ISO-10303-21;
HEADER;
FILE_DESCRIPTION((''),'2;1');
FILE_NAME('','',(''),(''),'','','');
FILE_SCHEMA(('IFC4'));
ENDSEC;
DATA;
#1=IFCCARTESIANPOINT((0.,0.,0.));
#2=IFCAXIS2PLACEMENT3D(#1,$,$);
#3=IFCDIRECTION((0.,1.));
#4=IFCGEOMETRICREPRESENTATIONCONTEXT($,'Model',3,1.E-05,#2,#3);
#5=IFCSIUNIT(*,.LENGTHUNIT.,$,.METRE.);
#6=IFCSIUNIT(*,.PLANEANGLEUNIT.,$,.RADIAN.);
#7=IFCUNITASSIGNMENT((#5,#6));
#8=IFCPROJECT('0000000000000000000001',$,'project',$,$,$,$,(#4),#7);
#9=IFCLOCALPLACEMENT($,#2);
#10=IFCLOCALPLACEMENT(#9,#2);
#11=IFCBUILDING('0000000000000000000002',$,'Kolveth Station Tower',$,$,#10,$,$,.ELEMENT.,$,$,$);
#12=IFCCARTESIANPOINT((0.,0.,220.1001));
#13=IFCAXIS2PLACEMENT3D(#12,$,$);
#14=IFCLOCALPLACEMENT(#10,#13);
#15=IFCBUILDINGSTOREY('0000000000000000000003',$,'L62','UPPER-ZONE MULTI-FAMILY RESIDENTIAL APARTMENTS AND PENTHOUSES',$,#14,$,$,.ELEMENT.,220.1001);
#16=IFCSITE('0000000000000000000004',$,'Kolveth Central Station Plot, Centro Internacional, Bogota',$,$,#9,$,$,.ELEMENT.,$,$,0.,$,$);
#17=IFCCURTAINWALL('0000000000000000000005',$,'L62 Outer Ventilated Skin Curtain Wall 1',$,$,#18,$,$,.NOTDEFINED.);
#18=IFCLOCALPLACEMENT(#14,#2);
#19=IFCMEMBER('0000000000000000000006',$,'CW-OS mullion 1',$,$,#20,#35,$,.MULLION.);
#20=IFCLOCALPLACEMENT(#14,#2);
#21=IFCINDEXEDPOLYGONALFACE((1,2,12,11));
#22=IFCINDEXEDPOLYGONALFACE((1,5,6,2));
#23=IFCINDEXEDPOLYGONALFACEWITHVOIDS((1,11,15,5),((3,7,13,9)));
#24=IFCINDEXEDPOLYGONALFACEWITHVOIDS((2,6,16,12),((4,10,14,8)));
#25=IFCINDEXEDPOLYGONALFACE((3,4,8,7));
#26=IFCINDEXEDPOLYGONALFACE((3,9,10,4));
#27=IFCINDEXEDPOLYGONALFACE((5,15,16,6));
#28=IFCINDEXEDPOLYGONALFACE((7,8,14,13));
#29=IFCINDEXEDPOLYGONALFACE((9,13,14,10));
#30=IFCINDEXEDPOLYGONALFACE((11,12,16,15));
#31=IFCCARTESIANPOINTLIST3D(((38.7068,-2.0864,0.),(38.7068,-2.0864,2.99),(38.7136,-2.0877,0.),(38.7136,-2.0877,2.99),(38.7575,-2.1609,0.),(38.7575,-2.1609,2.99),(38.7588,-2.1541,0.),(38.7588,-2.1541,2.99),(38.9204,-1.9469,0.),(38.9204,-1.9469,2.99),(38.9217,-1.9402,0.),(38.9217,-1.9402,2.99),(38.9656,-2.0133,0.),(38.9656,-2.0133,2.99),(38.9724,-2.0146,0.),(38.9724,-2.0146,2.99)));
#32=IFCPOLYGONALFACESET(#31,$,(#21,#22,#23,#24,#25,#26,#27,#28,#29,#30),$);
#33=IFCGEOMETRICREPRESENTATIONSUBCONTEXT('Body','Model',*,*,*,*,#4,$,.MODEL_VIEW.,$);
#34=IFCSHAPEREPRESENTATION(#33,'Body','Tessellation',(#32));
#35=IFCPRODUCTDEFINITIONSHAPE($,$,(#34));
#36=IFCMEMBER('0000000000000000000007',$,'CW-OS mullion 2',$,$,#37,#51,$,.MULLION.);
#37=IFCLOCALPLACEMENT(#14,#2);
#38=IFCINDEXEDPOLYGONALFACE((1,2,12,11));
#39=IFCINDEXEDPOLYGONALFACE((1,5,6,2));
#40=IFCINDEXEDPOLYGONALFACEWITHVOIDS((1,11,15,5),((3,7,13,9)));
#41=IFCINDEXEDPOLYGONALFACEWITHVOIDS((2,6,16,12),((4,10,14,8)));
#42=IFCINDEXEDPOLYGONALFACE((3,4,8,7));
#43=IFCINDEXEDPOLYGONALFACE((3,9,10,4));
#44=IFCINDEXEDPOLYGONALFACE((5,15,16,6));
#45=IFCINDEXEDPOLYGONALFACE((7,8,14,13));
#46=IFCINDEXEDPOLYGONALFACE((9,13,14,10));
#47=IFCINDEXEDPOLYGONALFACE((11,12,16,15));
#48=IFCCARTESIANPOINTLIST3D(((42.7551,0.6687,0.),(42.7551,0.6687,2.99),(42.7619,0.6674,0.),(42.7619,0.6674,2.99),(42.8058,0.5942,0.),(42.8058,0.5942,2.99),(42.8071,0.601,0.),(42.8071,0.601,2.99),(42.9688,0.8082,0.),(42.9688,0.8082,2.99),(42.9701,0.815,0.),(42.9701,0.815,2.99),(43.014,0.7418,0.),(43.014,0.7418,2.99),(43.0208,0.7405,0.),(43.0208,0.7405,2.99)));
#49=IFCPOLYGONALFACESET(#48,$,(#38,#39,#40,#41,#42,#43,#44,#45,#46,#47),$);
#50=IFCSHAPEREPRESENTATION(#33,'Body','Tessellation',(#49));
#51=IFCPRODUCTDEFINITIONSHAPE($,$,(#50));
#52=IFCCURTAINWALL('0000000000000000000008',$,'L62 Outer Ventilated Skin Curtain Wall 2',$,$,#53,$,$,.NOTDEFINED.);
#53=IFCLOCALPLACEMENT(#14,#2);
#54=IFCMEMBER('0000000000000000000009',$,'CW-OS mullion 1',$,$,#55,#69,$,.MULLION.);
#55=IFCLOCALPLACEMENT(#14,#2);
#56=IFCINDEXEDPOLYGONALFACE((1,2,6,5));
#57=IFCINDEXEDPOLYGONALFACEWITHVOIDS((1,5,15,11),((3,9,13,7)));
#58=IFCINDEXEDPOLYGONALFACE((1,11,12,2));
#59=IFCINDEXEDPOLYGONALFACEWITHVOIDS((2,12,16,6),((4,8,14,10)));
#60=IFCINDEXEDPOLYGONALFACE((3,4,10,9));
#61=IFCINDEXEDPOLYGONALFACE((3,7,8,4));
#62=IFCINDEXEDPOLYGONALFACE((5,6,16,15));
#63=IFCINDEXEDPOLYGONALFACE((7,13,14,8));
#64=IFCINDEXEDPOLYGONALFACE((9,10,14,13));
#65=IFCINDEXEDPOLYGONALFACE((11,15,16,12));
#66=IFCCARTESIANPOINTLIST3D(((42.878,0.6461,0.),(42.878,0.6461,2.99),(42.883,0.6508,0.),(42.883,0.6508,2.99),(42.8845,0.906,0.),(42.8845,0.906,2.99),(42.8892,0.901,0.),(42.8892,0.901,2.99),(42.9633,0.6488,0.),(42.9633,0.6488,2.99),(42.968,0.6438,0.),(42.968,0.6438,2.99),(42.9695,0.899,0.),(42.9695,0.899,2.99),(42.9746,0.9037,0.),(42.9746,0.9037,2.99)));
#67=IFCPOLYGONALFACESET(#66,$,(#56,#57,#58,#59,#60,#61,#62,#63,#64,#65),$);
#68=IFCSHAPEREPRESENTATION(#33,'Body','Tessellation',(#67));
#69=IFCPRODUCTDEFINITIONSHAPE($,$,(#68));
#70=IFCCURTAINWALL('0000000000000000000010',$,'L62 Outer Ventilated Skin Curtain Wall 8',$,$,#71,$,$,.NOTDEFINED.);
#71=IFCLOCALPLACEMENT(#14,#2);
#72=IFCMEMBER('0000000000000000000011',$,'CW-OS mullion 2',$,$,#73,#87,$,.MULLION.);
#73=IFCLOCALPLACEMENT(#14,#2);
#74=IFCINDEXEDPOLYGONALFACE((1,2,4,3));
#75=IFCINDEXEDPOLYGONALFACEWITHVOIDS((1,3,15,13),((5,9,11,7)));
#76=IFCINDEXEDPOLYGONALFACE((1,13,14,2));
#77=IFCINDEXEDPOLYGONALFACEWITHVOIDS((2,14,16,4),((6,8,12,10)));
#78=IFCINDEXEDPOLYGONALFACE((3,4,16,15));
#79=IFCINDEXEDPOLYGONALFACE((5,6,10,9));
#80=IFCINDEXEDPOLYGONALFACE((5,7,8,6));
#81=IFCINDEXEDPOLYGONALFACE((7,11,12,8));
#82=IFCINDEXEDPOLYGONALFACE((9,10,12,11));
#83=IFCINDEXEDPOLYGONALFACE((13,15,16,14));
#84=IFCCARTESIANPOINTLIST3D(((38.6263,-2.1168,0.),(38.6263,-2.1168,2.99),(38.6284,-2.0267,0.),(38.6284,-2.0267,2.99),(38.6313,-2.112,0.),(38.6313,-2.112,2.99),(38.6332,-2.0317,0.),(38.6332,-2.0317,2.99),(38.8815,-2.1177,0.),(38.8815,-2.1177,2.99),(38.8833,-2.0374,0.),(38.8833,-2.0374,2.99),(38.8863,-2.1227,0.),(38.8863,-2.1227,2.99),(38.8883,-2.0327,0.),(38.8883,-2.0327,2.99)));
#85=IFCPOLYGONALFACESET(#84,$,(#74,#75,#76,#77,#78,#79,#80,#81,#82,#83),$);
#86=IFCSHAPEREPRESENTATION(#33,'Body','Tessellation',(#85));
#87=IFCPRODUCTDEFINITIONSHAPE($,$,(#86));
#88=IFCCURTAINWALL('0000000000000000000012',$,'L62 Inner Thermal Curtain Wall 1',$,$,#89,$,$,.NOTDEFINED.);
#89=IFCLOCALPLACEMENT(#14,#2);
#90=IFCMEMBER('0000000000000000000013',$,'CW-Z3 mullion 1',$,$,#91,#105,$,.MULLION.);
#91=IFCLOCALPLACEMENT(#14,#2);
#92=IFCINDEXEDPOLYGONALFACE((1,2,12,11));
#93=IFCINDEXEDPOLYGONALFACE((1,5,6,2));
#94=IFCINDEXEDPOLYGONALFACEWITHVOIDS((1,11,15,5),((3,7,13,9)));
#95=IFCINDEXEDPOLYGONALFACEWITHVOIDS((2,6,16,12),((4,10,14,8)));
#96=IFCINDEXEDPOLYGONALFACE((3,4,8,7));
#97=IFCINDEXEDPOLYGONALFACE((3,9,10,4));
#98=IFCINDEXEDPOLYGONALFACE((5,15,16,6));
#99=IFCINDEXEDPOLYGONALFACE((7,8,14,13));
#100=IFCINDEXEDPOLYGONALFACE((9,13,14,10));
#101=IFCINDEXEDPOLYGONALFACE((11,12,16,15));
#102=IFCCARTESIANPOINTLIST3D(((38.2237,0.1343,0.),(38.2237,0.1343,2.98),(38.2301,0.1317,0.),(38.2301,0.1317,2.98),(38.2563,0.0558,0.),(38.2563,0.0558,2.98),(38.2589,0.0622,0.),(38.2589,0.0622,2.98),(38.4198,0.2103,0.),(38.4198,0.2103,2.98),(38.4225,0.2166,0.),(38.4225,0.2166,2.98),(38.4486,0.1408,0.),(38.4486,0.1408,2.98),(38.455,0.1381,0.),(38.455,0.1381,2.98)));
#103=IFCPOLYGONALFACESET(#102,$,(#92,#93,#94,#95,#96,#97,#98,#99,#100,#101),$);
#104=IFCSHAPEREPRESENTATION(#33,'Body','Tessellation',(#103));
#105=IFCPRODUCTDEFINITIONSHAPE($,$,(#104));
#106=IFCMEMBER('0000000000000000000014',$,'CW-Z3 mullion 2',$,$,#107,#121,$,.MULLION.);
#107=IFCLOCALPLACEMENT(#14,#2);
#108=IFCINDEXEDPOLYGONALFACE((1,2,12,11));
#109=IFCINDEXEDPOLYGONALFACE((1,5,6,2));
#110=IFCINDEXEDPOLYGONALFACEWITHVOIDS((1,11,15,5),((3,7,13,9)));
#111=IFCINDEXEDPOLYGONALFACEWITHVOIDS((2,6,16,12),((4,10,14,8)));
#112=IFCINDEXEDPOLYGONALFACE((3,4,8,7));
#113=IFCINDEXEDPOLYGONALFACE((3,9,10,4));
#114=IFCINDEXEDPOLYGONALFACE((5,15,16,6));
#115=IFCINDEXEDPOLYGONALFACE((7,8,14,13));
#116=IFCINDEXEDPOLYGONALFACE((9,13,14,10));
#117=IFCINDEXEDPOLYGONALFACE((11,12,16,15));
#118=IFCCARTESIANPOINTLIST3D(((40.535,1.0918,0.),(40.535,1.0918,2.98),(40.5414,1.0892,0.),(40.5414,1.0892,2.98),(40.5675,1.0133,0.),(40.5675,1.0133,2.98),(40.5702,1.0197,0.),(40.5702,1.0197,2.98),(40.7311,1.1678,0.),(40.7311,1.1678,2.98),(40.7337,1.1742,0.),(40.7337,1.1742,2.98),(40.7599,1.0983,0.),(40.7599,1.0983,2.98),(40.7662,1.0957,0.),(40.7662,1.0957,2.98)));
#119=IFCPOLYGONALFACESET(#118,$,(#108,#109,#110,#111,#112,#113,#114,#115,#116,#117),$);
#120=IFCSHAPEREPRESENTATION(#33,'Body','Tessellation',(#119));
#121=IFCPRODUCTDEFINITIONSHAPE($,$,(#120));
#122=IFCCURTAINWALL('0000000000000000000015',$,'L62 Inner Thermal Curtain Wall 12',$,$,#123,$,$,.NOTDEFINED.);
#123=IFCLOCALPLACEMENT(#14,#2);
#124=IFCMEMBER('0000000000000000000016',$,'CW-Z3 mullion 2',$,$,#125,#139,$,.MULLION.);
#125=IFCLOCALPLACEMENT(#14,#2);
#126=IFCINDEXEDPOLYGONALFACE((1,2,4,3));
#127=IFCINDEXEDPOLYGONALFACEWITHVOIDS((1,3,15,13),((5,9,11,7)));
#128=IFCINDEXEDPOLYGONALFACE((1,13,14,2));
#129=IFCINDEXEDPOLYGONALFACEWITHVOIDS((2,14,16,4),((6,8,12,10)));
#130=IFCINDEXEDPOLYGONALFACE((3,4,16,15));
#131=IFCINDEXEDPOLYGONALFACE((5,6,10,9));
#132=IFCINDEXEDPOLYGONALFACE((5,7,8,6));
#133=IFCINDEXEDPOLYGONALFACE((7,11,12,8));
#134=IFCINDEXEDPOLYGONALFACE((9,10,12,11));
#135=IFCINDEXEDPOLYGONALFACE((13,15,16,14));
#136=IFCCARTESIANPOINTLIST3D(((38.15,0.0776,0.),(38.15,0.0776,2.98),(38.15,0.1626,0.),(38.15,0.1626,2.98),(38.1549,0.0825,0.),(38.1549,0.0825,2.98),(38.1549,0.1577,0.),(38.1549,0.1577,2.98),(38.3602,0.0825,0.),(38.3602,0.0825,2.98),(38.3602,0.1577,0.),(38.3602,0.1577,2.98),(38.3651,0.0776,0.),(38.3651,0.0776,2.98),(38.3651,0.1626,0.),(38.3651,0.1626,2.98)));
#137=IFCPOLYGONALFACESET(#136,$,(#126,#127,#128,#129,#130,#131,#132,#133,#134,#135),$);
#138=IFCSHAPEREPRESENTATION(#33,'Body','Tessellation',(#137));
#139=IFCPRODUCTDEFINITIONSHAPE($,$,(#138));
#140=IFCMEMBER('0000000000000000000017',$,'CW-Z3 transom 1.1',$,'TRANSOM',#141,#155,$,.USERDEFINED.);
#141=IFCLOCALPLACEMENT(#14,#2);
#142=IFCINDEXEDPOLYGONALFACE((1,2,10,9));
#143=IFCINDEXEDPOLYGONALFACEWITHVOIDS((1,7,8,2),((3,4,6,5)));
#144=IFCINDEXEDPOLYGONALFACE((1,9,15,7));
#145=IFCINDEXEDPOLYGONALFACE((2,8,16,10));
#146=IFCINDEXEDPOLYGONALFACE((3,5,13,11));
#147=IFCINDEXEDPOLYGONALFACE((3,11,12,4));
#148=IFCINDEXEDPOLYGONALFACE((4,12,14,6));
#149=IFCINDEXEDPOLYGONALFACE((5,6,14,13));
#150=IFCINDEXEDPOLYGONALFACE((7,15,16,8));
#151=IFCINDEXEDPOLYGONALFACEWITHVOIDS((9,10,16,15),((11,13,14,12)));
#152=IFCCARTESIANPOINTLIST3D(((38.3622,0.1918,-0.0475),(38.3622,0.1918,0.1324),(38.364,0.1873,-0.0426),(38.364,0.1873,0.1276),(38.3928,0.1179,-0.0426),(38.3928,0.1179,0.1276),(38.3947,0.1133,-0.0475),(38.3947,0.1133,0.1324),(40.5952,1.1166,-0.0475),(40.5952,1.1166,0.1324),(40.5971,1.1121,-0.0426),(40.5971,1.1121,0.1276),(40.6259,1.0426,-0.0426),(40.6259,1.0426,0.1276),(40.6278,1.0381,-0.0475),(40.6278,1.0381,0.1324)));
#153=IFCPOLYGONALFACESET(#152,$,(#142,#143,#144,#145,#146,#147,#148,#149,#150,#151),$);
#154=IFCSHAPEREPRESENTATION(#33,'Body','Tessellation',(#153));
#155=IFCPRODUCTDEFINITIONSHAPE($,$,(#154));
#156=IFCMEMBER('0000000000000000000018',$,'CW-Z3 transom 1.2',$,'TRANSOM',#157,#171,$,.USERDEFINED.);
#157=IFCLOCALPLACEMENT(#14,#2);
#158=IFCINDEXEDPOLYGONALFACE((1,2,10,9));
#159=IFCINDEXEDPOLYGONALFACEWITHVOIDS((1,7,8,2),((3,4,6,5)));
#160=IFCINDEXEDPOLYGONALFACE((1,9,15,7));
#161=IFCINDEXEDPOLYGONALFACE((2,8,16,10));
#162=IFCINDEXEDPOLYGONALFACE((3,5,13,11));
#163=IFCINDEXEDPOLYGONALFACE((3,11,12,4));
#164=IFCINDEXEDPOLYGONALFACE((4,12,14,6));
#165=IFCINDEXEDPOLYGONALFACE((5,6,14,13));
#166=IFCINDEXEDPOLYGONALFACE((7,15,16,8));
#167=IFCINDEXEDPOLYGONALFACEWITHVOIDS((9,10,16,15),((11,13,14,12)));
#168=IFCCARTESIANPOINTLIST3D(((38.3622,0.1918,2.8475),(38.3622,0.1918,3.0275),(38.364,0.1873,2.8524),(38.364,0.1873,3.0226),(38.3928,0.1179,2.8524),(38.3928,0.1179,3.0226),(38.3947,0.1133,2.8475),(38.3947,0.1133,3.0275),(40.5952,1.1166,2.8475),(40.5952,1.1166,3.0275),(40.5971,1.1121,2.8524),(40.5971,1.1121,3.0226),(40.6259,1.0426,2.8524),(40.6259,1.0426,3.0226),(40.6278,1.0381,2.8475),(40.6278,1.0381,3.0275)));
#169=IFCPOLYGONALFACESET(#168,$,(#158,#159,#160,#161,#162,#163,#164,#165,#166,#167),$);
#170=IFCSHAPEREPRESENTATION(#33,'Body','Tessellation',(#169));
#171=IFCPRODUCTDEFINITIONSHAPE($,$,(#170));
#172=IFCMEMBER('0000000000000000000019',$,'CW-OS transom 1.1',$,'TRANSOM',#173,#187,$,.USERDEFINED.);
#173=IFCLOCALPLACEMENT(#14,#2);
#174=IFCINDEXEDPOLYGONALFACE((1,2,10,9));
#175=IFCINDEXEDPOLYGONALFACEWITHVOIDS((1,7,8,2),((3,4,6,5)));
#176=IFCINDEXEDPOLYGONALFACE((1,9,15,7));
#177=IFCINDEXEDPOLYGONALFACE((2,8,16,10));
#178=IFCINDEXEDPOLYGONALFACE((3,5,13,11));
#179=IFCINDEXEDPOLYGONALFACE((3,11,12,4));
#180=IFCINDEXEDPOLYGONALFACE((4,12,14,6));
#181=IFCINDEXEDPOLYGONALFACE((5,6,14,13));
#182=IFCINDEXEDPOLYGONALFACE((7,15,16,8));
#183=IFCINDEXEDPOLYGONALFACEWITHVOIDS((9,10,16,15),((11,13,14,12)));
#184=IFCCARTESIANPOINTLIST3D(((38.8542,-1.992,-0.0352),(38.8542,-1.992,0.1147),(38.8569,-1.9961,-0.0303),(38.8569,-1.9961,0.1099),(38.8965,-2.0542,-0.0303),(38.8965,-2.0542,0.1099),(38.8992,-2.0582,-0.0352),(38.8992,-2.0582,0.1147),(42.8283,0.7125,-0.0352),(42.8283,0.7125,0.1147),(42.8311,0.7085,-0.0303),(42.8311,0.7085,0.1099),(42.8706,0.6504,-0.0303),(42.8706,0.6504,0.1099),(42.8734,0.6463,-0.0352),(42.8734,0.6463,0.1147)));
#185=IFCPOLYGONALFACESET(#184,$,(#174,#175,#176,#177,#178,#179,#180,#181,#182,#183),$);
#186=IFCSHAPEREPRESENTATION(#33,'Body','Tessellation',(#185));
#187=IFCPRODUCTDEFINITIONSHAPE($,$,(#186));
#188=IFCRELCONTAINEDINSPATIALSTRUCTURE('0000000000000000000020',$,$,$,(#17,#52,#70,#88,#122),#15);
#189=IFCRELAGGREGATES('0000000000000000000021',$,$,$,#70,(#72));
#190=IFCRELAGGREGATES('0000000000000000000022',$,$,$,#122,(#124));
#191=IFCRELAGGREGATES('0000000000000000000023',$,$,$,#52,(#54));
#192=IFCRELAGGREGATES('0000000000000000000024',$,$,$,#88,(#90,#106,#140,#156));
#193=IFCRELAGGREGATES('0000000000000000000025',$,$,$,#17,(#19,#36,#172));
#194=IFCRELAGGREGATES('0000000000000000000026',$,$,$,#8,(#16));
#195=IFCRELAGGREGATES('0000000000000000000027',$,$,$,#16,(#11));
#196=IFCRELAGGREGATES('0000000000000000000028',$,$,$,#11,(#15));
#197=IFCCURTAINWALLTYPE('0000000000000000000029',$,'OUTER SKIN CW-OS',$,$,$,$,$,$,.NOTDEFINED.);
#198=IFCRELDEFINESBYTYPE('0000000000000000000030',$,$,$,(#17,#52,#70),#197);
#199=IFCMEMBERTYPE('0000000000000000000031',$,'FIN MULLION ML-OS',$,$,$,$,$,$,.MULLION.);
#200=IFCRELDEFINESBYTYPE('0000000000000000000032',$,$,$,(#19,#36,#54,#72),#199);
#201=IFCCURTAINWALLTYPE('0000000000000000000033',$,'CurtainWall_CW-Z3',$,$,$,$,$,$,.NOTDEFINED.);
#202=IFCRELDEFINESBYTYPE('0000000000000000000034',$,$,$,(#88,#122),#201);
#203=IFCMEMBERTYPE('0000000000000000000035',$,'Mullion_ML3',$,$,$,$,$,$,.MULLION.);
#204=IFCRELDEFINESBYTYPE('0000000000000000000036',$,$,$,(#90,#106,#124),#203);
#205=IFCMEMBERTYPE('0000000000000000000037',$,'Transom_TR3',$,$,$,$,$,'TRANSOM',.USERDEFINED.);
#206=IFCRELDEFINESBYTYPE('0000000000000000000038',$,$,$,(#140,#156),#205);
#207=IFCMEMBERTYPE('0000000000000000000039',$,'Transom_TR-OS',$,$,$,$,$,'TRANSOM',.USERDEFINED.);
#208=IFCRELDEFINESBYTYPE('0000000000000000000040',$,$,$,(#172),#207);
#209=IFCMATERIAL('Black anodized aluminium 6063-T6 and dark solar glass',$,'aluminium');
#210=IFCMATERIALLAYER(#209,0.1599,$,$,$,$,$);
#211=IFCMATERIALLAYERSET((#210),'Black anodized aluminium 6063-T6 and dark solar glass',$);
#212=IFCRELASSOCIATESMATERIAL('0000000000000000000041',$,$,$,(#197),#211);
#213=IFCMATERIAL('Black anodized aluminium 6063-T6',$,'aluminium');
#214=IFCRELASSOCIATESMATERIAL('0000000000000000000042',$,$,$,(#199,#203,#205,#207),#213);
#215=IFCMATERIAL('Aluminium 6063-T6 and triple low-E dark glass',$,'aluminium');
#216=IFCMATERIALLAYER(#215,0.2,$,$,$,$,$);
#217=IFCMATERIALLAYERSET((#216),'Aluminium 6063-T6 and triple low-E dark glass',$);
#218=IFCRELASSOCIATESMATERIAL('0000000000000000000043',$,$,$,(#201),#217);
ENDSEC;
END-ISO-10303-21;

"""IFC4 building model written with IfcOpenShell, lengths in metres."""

from ifc_helpers import new_model, si_unit, direction, frame, origin, origin_2d, place, context, subcontext, project, spatial, hollow_rectangle, extrude, source, transform, mapped, material, layer, layer_set, material_profile, profile_set, type_object, element, aggregate, save


model = new_model("IFC4")

# Units and contexts
model_context = context("Model", 3, precision=1e-05, world=origin(), true_north=direction((0.0, 1.0)))
body_context = subcontext(model_context, "Body", "Model", "MODEL_VIEW")
ifc_project = project(units=[si_unit("LENGTHUNIT", "METRE"), si_unit("PLANEANGLEUNIT", "RADIAN")], contexts=[model_context])

# Site, building, storey
site_placement = place(None, origin())
site = spatial("IfcSite", under=ifc_project, at=site_placement, Name="Kolveth Central Station Plot, Centro Internacional, Bogota", CompositionType="ELEMENT", RefElevation=0.0)
building_placement = place(site_placement, origin())
building = spatial("IfcBuilding", under=site, at=building_placement, Name="Kolveth Station Tower", CompositionType="ELEMENT")
storey_placement = place(building_placement, frame((0.0, 0.0, 220.1001)))
storey = spatial("IfcBuildingStorey", under=building, at=storey_placement, Name="L62", Description="UPPER-ZONE MULTI-FAMILY RESIDENTIAL APARTMENTS AND PENTHOUSES", CompositionType="ELEMENT", Elevation=220.1001)

# Curtain wall, members
ifc_material_1 = material(Name="Black anodized aluminium 6063-T6 and dark solar glass", Category="aluminium")
ifc_layer_1 = layer(ifc_material_1, 0.1599)
ifc_layer_set_1 = layer_set([ifc_layer_1], Name="Black anodized aluminium 6063-T6 and dark solar glass")
curtain_wall_type_1 = type_object("IfcCurtainWallType", Name="OUTER SKIN CW-OS", PredefinedType="NOTDEFINED", material=ifc_layer_set_1)
curtain_wall_1_placement = place(storey_placement, origin())
curtain_wall_1 = element("IfcCurtainWall", 1, at=curtain_wall_1_placement, inside=storey, type_object=curtain_wall_type_1, Name="L62 Outer Ventilated Skin Curtain Wall 1", PredefinedType="NOTDEFINED")
ifc_material_2 = material(Name="Black anodized aluminium 6063-T6", Category="aluminium")
ifc_material_profile_1 = material_profile(ifc_material_2, hollow_rectangle(XDim=0.0901, YDim=0.26, WallThickness=0.0049, at=origin_2d()), Name="ALU-90x260x5")
ifc_profile_set_1 = profile_set([ifc_material_profile_1], Name="Black anodized aluminium 6063-T6")
member_type_1 = type_object("IfcMemberType", Name="FIN MULLION ML-OS", PredefinedType="MULLION", material=ifc_profile_set_1)
shared_shape_1 = source(origin(), body_context, "Body", "SweptSolid", [
    extrude(hollow_rectangle(XDim=0.0901, YDim=0.26, WallThickness=0.0049, at=origin_2d()), origin(), (0.0, 0.0, 1.0), 2.99),
])
member_1_placement = place(storey_placement, frame((38.8396, -2.0505, 0.0), z_axis=(0.0, 0.0, 1.0), x_axis=(-0.562615, 0.826719, 0.0)))
member_1 = element("IfcMember", 2, at=member_1_placement, type_object=member_type_1, Name="CW-OS mullion 1", PredefinedType="MULLION", context=body_context, shape_type="MappedRepresentation", body=[
    mapped(shared_shape_1, transform((0.0, 0.0, 0.0), x_axis=(1.0, 0.0, 0.0), y_axis=(0.0, 1.0, 0.0), z_axis=(0.0, 0.0, 1.0), scale=1.0)),
])
member_2_placement = place(storey_placement, frame((42.8879, 0.7046, 0.0), z_axis=(0.0, 0.0, 1.0), x_axis=(-0.562615, 0.826719, 0.0)))
member_2 = element("IfcMember", 3, at=member_2_placement, type_object=member_type_1, Name="CW-OS mullion 2", PredefinedType="MULLION", context=body_context, shape_type="MappedRepresentation", body=[
    mapped(shared_shape_1, transform((0.0, 0.0, 0.0), x_axis=(1.0, 0.0, 0.0), y_axis=(0.0, 1.0, 0.0), z_axis=(0.0, 0.0, 1.0), scale=1.0)),
])

# Curtain walls, members
curtain_wall_2_placement = place(storey_placement, origin())
curtain_wall_2 = element("IfcCurtainWall", 4, at=curtain_wall_2_placement, inside=storey, type_object=curtain_wall_type_1, Name="L62 Outer Ventilated Skin Curtain Wall 2", PredefinedType="NOTDEFINED")
member_3_placement = place(storey_placement, frame((42.9263, 0.7749, 0.0), z_axis=(0.0, 0.0, 1.0), x_axis=(-0.999687, 0.025007, 0.0)))
member_3 = element("IfcMember", 5, at=member_3_placement, type_object=member_type_1, Name="CW-OS mullion 1", PredefinedType="MULLION", context=body_context, shape_type="MappedRepresentation", body=[
    mapped(shared_shape_1, transform((0.0, 0.0, 0.0), x_axis=(1.0, 0.0, 0.0), y_axis=(0.0, 1.0, 0.0), z_axis=(0.0, 0.0, 1.0), scale=1.0)),
])
curtain_wall_3_placement = place(storey_placement, origin())
curtain_wall_3 = element("IfcCurtainWall", 6, at=curtain_wall_3_placement, inside=storey, type_object=curtain_wall_type_1, Name="L62 Outer Ventilated Skin Curtain Wall 8", PredefinedType="NOTDEFINED")
member_4_placement = place(storey_placement, frame((38.7573, -2.0747, 0.0), z_axis=(0.0, 0.0, 1.0), x_axis=(0.022954, 0.999737, 0.0)))
member_4 = element("IfcMember", 7, at=member_4_placement, type_object=member_type_1, Name="CW-OS mullion 2", PredefinedType="MULLION", context=body_context, shape_type="MappedRepresentation", body=[
    mapped(shared_shape_1, transform((0.0, 0.0, 0.0), x_axis=(1.0, 0.0, 0.0), y_axis=(0.0, 1.0, 0.0), z_axis=(0.0, 0.0, 1.0), scale=1.0)),
])
aggregate(curtain_wall_3, [member_4])

# Curtain wall, members
ifc_material_3 = material(Name="Aluminium 6063-T6 and triple low-E dark glass", Category="aluminium")
ifc_layer_2 = layer(ifc_material_3, 0.2)
ifc_layer_set_2 = layer_set([ifc_layer_2], Name="Aluminium 6063-T6 and triple low-E dark glass")
curtain_wall_type_2 = type_object("IfcCurtainWallType", Name="CurtainWall_CW-Z3", PredefinedType="NOTDEFINED", material=ifc_layer_set_2)
curtain_wall_4_placement = place(storey_placement, origin())
curtain_wall_4 = element("IfcCurtainWall", 8, at=curtain_wall_4_placement, inside=storey, type_object=curtain_wall_type_2, Name="L62 Inner Thermal Curtain Wall 1", PredefinedType="NOTDEFINED")
ifc_material_profile_2 = material_profile(ifc_material_2, hollow_rectangle(XDim=0.085, YDim=0.2151, WallThickness=0.0049, at=origin_2d()), Name="ALU-85x215x5")
ifc_profile_set_2 = profile_set([ifc_material_profile_2], Name="Black anodized aluminium 6063-T6")
member_type_2 = type_object("IfcMemberType", Name="Mullion_ML3", PredefinedType="MULLION", material=ifc_profile_set_2)
shared_shape_2 = source(origin(), body_context, "Body", "SweptSolid", [
    extrude(hollow_rectangle(XDim=0.085, YDim=0.2151, WallThickness=0.0049, at=origin_2d()), origin(), (0.0, 0.0, 1.0), 2.98),
])
member_5_placement = place(storey_placement, frame((38.3394, 0.1362, 0.0), z_axis=(0.0, 0.0, 1.0), x_axis=(-0.382693, 0.923875, 0.0)))
member_5 = element("IfcMember", 9, at=member_5_placement, type_object=member_type_2, Name="CW-Z3 mullion 1", PredefinedType="MULLION", context=body_context, shape_type="MappedRepresentation", body=[
    mapped(shared_shape_2, transform((0.0, 0.0, 0.0), x_axis=(1.0, 0.0, 0.0), y_axis=(0.0, 1.0, 0.0), z_axis=(0.0, 0.0, 1.0), scale=1.0)),
])
member_6_placement = place(storey_placement, frame((40.6506, 1.0938, 0.0), z_axis=(0.0, 0.0, 1.0), x_axis=(-0.382693, 0.923875, 0.0)))
member_6 = element("IfcMember", 10, at=member_6_placement, type_object=member_type_2, Name="CW-Z3 mullion 2", PredefinedType="MULLION", context=body_context, shape_type="MappedRepresentation", body=[
    mapped(shared_shape_2, transform((0.0, 0.0, 0.0), x_axis=(1.0, 0.0, 0.0), y_axis=(0.0, 1.0, 0.0), z_axis=(0.0, 0.0, 1.0), scale=1.0)),
])

# Curtain wall, member
curtain_wall_5_placement = place(storey_placement, origin())
curtain_wall_5 = element("IfcCurtainWall", 11, at=curtain_wall_5_placement, inside=storey, type_object=curtain_wall_type_2, Name="L62 Inner Thermal Curtain Wall 12", PredefinedType="NOTDEFINED")
member_7_placement = place(storey_placement, frame((38.2576, 0.1201, 0.0), z_axis=(0.0, 0.0, 1.0), x_axis=(0.0, 1.0, 0.0)))
member_7 = element("IfcMember", 12, at=member_7_placement, type_object=member_type_2, Name="CW-Z3 mullion 2", PredefinedType="MULLION", context=body_context, shape_type="MappedRepresentation", body=[
    mapped(shared_shape_2, transform((0.0, 0.0, 0.0), x_axis=(1.0, 0.0, 0.0), y_axis=(0.0, 1.0, 0.0), z_axis=(0.0, 0.0, 1.0), scale=1.0)),
])
aggregate(curtain_wall_5, [member_7])

# Members
ifc_material_profile_3 = material_profile(ifc_material_2, hollow_rectangle(XDim=0.085, YDim=0.1799, WallThickness=0.0049, at=origin_2d()), Name="ALU-85x180x5")
ifc_profile_set_3 = profile_set([ifc_material_profile_3], Name="Black anodized aluminium 6063-T6")
member_type_3 = type_object("IfcMemberType", Name="Transom_TR3", ElementType="TRANSOM", PredefinedType="USERDEFINED", material=ifc_profile_set_3)
shared_shape_3 = source(origin(), body_context, "Body", "SweptSolid", [
    extrude(hollow_rectangle(XDim=0.085, YDim=0.1799, WallThickness=0.0049, at=origin_2d()), origin(), (0.0, 0.0, 1.0), 2.417),
])
member_8_placement = place(storey_placement, frame((38.3784, 0.1526, 0.0425), z_axis=(0.923909, 0.382613, 0.0), x_axis=(-0.382613, 0.923909, 0.0)))
member_8 = element("IfcMember", 13, at=member_8_placement, type_object=member_type_3, Name="CW-Z3 transom 1.1", ObjectType="TRANSOM", PredefinedType="USERDEFINED", context=body_context, shape_type="MappedRepresentation", body=[
    mapped(shared_shape_3, transform((0.0, 0.0, 0.0), x_axis=(1.0, 0.0, 0.0), y_axis=(0.0, 1.0, 0.0), z_axis=(0.0, 0.0, 1.0), scale=1.0)),
])
member_9_placement = place(storey_placement, frame((38.3784, 0.1526, 2.9375), z_axis=(0.923909, 0.382613, 0.0), x_axis=(-0.382613, 0.923909, 0.0)))
member_9 = element("IfcMember", 14, at=member_9_placement, type_object=member_type_3, Name="CW-Z3 transom 1.2", ObjectType="TRANSOM", PredefinedType="USERDEFINED", context=body_context, shape_type="MappedRepresentation", body=[
    mapped(shared_shape_3, transform((0.0, 0.0, 0.0), x_axis=(1.0, 0.0, 0.0), y_axis=(0.0, 1.0, 0.0), z_axis=(0.0, 0.0, 1.0), scale=1.0)),
])
ifc_material_profile_4 = material_profile(ifc_material_2, hollow_rectangle(XDim=0.0801, YDim=0.1499, WallThickness=0.0049, at=origin_2d()), Name="ALU-80x150x5")
ifc_profile_set_4 = profile_set([ifc_material_profile_4], Name="Black anodized aluminium 6063-T6")
member_type_4 = type_object("IfcMemberType", Name="Transom_TR-OS", ElementType="TRANSOM", PredefinedType="USERDEFINED", material=ifc_profile_set_4)
shared_shape_4 = source(origin(), body_context, "Body", "SweptSolid", [
    extrude(hollow_rectangle(XDim=0.0801, YDim=0.1499, WallThickness=0.0049, at=origin_2d()), origin(), (0.0, 0.0, 1.0), 4.8071),
])
member_10_placement = place(storey_placement, frame((38.8767, -2.0251, 0.0398), z_axis=(0.826715, 0.562621, 0.0), x_axis=(-0.562621, 0.826715, 0.0)))
member_10 = element("IfcMember", 15, at=member_10_placement, type_object=member_type_4, Name="CW-OS transom 1.1", ObjectType="TRANSOM", PredefinedType="USERDEFINED", context=body_context, shape_type="MappedRepresentation", body=[
    mapped(shared_shape_4, transform((0.0, 0.0, 0.0), x_axis=(1.0, 0.0, 0.0), y_axis=(0.0, 1.0, 0.0), z_axis=(0.0, 0.0, 1.0), scale=1.0)),
])
aggregate(curtain_wall_2, [member_3])

aggregate(curtain_wall_4, [member_5, member_6, member_8, member_9])
aggregate(curtain_wall_1, [member_1, member_2, member_10])

save(model, "model.ifc")
